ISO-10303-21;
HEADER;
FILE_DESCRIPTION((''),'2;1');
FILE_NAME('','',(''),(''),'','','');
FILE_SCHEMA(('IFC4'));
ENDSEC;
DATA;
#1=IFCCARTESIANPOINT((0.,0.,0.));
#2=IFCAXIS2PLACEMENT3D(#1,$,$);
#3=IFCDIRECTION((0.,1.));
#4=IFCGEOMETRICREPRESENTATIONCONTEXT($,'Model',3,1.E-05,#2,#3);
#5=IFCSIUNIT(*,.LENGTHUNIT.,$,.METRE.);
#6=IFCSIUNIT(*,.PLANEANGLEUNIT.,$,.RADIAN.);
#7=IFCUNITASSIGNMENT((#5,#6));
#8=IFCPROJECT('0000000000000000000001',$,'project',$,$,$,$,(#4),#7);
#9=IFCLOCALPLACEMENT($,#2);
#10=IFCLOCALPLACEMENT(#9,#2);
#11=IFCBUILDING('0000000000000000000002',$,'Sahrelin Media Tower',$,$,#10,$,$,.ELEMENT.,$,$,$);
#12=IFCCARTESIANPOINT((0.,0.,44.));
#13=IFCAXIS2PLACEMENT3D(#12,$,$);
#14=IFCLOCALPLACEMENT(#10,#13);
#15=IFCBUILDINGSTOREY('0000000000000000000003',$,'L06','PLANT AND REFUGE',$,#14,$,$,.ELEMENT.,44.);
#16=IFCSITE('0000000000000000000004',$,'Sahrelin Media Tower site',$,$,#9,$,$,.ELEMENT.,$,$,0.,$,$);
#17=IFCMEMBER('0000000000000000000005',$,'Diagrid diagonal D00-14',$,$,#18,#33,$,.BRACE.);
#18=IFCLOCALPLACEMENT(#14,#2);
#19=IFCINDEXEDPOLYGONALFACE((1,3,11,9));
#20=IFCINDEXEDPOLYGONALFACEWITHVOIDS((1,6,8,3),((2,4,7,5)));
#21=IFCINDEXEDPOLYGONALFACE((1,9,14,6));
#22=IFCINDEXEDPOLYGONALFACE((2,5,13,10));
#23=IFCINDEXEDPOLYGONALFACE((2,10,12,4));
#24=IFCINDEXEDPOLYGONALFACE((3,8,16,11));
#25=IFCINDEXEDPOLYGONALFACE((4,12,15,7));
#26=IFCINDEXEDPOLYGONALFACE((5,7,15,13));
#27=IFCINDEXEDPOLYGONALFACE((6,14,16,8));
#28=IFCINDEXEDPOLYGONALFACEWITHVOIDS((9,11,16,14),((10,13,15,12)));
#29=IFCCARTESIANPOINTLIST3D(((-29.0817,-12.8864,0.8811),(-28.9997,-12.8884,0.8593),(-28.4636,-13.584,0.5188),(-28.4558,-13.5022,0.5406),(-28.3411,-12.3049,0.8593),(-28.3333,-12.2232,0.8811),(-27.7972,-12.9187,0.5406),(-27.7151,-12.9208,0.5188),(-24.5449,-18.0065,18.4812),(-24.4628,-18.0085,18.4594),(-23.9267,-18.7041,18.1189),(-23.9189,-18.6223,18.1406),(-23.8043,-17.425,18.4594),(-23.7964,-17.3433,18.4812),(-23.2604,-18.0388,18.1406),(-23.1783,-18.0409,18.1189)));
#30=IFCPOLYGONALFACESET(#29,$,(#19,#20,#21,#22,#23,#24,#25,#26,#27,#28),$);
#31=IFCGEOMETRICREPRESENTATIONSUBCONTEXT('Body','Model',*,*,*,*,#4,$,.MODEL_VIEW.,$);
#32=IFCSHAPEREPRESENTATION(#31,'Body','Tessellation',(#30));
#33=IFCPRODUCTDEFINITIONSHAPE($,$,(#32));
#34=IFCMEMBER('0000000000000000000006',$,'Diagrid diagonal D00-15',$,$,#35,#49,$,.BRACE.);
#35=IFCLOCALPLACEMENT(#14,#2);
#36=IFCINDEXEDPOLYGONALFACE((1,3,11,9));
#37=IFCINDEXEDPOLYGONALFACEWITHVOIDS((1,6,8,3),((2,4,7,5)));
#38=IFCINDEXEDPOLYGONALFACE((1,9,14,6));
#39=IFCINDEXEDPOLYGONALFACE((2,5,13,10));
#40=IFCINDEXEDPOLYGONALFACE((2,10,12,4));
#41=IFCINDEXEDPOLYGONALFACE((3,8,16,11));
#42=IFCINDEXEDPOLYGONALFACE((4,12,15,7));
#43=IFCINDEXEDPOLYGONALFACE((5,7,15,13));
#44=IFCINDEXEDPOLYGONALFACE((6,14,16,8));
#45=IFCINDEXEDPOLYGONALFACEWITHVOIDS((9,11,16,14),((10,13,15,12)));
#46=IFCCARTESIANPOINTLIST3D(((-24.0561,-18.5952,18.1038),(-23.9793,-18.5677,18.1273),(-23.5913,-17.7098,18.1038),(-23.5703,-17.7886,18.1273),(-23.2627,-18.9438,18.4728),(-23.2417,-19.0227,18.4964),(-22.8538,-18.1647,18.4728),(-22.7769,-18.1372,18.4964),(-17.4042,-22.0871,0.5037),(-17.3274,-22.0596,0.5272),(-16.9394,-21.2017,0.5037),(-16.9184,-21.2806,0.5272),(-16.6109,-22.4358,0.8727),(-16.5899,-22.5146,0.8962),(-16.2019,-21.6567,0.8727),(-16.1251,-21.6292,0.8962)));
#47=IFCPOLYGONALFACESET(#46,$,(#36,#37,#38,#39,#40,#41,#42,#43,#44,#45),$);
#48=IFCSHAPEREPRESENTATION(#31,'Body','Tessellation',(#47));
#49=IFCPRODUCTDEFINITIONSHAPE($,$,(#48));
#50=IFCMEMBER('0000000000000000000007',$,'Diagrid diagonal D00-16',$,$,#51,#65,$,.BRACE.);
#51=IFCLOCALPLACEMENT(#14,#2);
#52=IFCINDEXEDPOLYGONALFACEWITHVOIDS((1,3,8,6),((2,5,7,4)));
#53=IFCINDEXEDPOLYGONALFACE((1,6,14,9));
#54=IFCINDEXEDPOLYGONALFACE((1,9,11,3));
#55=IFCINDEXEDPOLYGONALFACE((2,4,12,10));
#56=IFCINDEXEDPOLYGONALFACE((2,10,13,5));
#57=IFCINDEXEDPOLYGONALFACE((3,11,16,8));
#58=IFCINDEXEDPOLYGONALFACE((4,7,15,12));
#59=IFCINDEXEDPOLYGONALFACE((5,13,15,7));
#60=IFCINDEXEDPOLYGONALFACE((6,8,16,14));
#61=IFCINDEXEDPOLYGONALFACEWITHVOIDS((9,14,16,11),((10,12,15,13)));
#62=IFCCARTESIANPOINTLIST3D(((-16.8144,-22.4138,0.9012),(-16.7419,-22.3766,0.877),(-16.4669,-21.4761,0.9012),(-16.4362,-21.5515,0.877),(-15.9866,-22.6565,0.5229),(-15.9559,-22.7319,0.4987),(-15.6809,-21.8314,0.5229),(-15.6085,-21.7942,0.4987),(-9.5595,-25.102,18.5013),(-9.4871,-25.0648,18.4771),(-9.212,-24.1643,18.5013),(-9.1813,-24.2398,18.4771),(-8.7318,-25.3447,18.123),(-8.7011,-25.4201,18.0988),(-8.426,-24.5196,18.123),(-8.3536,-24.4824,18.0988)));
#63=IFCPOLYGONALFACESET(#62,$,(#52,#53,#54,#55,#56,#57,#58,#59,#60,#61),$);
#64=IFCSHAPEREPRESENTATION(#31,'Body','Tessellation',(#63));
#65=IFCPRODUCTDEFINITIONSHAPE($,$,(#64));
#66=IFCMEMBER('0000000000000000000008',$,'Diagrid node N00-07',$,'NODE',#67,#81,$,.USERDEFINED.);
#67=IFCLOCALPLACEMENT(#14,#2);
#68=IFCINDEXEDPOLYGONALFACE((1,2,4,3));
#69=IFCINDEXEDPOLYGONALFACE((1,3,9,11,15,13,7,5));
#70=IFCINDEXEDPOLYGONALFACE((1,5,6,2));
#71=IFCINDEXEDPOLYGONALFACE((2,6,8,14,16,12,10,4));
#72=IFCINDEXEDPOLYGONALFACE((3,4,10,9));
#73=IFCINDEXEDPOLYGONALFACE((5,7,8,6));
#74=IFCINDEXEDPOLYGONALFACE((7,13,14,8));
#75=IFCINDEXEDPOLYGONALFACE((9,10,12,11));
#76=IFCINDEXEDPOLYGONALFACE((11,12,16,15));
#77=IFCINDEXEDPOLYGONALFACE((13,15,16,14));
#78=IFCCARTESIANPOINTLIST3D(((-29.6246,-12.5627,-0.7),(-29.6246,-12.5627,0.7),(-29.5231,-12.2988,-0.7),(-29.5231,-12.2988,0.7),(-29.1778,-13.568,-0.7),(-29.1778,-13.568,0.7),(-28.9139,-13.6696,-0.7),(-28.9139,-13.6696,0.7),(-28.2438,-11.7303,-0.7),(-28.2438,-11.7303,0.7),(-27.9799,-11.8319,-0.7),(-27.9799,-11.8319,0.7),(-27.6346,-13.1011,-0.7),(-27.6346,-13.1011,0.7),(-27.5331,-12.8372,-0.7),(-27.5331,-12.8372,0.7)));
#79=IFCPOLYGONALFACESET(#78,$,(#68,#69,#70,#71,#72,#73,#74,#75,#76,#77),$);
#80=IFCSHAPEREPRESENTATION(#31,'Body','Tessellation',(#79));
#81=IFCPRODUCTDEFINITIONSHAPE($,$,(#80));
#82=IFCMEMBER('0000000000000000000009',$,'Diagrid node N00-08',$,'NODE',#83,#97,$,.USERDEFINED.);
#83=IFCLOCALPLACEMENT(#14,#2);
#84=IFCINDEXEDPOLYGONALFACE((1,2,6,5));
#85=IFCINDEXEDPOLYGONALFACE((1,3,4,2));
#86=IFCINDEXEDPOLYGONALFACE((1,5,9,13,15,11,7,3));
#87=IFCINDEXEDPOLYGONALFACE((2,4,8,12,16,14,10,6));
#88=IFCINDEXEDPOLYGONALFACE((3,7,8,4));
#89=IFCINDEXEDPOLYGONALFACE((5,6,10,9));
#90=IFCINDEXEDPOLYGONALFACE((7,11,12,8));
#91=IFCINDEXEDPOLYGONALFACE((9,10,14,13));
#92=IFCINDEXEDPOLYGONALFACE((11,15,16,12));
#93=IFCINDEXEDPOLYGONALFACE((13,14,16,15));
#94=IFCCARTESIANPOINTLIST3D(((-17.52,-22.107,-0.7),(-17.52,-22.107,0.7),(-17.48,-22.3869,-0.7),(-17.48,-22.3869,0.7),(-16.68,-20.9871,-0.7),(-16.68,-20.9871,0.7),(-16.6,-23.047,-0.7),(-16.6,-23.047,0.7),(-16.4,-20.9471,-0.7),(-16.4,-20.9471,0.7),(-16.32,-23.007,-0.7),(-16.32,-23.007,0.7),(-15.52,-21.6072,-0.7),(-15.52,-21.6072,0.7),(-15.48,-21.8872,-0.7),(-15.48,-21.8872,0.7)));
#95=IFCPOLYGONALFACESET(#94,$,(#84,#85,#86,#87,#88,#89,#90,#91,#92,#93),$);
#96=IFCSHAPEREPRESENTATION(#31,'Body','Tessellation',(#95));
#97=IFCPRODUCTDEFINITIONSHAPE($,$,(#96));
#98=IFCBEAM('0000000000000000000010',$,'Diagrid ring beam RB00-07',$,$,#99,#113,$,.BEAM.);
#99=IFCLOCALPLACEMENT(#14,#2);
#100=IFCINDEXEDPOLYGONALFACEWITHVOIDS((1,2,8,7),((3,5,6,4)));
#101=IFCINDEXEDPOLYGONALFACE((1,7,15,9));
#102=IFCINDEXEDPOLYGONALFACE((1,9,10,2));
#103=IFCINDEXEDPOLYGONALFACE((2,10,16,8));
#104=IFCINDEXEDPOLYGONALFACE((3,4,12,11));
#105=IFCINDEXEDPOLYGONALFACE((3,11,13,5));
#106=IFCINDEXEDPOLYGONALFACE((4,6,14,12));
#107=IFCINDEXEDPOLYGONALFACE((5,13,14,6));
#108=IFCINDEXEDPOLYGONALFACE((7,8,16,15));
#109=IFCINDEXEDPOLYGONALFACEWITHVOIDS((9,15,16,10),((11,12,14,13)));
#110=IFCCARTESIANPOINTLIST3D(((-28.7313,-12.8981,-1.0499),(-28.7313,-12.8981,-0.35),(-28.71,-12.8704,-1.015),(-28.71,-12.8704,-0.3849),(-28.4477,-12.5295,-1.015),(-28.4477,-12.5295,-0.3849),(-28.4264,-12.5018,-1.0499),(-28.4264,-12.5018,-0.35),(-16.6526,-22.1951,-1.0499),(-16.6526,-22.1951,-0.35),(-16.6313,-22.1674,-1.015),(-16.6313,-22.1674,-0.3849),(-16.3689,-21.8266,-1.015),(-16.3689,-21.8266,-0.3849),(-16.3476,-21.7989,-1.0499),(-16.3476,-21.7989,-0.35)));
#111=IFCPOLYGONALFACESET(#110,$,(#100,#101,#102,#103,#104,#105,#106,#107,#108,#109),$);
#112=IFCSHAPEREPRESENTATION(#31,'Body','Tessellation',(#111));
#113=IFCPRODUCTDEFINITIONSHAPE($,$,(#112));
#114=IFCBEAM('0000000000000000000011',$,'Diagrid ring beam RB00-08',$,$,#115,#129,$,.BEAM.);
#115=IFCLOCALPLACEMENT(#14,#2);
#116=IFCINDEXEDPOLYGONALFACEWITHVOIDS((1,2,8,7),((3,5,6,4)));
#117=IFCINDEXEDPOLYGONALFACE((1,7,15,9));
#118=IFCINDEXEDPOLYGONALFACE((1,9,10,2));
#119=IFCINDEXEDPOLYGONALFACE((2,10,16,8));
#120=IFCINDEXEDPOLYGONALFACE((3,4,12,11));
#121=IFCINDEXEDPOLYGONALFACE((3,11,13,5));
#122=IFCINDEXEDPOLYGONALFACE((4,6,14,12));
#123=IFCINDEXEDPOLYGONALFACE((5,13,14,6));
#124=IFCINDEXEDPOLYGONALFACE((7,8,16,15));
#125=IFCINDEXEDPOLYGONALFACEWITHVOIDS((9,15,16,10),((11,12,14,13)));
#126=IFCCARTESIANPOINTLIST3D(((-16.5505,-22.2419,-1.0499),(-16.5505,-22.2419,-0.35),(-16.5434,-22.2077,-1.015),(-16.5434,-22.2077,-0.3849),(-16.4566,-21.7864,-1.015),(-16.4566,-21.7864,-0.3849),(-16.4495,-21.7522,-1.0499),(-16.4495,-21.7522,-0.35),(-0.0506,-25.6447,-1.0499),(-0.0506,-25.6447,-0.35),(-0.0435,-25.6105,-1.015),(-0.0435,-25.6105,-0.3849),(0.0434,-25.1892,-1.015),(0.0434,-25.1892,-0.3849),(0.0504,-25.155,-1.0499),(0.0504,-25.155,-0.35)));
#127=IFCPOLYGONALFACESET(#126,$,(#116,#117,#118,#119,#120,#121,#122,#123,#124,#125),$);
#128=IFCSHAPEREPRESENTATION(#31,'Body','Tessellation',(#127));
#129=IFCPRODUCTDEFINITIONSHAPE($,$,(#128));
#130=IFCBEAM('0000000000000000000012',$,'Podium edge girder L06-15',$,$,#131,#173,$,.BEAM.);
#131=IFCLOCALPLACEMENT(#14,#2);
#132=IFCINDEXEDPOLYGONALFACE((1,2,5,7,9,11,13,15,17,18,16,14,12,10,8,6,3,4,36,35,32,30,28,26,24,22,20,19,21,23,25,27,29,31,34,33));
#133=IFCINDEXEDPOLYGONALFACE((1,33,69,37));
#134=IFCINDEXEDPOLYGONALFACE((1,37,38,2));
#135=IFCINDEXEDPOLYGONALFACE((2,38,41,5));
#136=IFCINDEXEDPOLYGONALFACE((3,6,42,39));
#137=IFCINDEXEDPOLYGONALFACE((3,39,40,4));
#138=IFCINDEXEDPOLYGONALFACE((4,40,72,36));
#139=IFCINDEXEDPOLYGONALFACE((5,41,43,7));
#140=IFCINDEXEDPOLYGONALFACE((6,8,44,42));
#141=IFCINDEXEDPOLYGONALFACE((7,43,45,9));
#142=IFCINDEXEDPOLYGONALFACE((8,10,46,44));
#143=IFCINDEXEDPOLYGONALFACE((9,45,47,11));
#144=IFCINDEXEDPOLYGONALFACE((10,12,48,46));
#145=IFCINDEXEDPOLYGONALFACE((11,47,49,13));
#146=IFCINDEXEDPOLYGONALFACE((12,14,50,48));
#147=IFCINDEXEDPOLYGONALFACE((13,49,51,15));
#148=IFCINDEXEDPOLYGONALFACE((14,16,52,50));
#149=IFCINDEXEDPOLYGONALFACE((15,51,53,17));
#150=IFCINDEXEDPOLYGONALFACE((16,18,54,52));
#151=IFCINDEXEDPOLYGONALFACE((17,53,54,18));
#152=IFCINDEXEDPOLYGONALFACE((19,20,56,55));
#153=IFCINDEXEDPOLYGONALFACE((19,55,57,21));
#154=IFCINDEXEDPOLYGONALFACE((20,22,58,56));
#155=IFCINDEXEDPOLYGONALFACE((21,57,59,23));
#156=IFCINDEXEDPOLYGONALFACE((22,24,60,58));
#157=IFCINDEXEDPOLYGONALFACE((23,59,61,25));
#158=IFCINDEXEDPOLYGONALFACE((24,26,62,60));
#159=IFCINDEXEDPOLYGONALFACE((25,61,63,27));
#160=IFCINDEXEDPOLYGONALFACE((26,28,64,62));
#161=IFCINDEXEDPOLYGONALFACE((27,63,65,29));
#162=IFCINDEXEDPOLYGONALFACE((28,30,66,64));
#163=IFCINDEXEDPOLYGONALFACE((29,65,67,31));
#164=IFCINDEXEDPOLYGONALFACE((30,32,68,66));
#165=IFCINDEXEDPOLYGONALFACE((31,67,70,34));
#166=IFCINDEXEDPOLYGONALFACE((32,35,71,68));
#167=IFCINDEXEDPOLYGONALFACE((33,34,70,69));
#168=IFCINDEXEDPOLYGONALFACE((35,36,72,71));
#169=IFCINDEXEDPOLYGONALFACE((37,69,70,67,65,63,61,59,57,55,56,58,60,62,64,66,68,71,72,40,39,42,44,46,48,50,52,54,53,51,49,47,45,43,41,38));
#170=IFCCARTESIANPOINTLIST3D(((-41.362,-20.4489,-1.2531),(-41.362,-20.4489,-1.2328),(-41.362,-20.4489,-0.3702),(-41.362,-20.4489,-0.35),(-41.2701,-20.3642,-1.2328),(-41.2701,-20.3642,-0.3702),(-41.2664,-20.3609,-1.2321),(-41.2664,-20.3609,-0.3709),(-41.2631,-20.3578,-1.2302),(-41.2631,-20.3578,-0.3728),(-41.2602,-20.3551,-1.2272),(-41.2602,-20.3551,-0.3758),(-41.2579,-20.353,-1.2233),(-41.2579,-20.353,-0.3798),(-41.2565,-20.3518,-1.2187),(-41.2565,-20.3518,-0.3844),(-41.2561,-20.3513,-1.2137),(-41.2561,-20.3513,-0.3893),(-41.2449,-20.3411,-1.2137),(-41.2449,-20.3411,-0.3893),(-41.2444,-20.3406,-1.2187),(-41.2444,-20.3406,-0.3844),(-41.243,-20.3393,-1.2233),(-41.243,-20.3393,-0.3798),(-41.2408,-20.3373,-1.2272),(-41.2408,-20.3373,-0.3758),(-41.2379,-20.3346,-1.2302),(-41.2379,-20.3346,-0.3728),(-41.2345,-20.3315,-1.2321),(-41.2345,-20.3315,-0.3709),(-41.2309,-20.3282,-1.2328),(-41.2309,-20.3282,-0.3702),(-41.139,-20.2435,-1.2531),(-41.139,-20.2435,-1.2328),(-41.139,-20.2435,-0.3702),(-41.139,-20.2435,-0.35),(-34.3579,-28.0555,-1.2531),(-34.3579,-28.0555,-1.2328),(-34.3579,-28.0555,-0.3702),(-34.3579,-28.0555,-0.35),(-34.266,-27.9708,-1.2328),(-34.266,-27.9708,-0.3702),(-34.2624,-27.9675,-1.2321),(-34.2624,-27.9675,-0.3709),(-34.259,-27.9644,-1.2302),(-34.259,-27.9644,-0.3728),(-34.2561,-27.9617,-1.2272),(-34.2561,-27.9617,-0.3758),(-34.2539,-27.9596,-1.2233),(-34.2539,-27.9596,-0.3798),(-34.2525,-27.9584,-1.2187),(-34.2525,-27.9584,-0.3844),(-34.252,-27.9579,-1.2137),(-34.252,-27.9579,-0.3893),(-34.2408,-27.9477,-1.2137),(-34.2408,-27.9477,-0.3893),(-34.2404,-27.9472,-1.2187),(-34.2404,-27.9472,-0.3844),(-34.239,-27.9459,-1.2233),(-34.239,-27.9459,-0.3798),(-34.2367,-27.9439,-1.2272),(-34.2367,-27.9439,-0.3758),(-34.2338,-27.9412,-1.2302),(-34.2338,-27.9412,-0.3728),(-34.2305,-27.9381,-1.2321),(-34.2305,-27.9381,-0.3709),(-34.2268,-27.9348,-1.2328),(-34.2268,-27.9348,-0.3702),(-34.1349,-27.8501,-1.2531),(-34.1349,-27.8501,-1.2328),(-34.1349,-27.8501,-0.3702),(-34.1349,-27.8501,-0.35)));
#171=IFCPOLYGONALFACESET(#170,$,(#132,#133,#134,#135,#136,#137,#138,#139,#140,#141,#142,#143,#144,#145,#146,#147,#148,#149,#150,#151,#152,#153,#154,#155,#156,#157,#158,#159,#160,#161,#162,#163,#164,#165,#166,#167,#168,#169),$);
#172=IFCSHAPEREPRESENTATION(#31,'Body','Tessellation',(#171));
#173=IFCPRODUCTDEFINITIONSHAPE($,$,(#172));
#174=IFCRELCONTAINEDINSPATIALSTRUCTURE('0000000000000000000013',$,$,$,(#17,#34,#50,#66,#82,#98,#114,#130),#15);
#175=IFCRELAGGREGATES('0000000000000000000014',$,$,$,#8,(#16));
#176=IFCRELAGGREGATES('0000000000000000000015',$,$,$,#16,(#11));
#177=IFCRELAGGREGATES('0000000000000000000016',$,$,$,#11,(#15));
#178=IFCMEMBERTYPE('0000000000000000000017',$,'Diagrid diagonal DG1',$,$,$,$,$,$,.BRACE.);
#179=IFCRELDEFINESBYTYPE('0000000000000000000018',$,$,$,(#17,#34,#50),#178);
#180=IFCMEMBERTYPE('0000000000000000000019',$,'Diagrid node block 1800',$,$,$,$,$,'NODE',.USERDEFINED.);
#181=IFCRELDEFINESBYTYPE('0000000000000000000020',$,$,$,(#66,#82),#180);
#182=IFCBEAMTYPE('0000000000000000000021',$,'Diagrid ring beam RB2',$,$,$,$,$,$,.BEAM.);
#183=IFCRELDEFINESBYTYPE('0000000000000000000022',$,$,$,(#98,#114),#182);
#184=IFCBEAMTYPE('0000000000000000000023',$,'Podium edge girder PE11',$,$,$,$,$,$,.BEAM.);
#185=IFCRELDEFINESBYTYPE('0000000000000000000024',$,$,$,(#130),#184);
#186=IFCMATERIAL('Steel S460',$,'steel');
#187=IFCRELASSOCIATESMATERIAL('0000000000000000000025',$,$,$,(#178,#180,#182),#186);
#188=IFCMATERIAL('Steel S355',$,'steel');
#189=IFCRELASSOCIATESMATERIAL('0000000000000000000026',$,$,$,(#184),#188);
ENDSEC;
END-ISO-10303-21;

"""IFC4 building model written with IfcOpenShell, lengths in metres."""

from ifc_helpers import new_model, si_unit, direction, frame, origin, origin_2d, place, context, subcontext, project, spatial, polyline, hollow_rectangle, i_section, outline, extrude, material, material_profile, profile_set, type_object, element, save


model = new_model("IFC4")

# Units and contexts
model_context = context("Model", 3, precision=1e-05, world=origin(), true_north=direction((0.0, 1.0)))
body_context = subcontext(model_context, "Body", "Model", "MODEL_VIEW")
ifc_project = project(units=[si_unit("LENGTHUNIT", "METRE"), si_unit("PLANEANGLEUNIT", "RADIAN")], contexts=[model_context])

# Site, building, storey
site_placement = place(None, origin())
site = spatial("IfcSite", under=ifc_project, at=site_placement, Name="Sahrelin Media Tower site", CompositionType="ELEMENT", RefElevation=0.0)
building_placement = place(site_placement, origin())
building = spatial("IfcBuilding", under=site, at=building_placement, Name="Sahrelin Media Tower", CompositionType="ELEMENT")
storey_placement = place(building_placement, frame((0.0, 0.0, 44.0)))
storey = spatial("IfcBuildingStorey", under=building, at=storey_placement, Name="L06", Description="PLANT AND REFUGE", CompositionType="ELEMENT", Elevation=44.0)

# Members
ifc_material_1 = material(Name="Steel S460", Category="steel")
ifc_material_profile_1 = material_profile(ifc_material_1, hollow_rectangle(XDim=1.0, YDim=1.0, WallThickness=0.0601, at=origin_2d()), Name="Diagrid diagonal DG1")
ifc_profile_set_1 = profile_set([ifc_material_profile_1], Name="Steel S460")
member_type_1 = type_object("IfcMemberType", Name="Diagrid diagonal DG1", PredefinedType="BRACE", material=ifc_profile_set_1)
member_1_placement = place(storey_placement, frame((-28.3984, -12.9036, 0.7), z_axis=(0.240264, -0.271152, 0.932068), x_axis=(0.74845, 0.663191, 0.0)))
element("IfcMember", 1, at=member_1_placement, inside=storey, type_object=member_type_1, Name="Diagrid diagonal D00-14", PredefinedType="BRACE", context=body_context, shape_type="SweptSolid", body=[
    extrude(hollow_rectangle(XDim=1.0, YDim=1.0, WallThickness=0.0601, at=origin_2d()), origin(), (0.0, 0.0, 1.0), 18.8828),
])
member_2_placement = place(storey_placement, frame((-16.7646, -21.8582, 0.7), z_axis=(-0.347601, 0.182476, 0.919715), x_axis=(-0.464805, -0.885413, 0.0)))
element("IfcMember", 2, at=member_2_placement, inside=storey, type_object=member_type_1, Name="Diagrid diagonal D00-15", PredefinedType="BRACE", context=body_context, shape_type="SweptSolid", body=[
    extrude(hollow_rectangle(XDim=1.0, YDim=1.0, WallThickness=0.0601, at=origin_2d()), origin(), (0.0, 0.0, 1.0), 19.1365),
])
member_3_placement = place(storey_placement, frame((-16.2114, -22.104, 0.7), z_axis=(0.377356, -0.139826, 0.915452), x_axis=(0.347455, 0.937697, 0.0)))
element("IfcMember", 3, at=member_3_placement, inside=storey, type_object=member_type_1, Name="Diagrid diagonal D00-16", PredefinedType="BRACE", context=body_context, shape_type="SweptSolid", body=[
    extrude(hollow_rectangle(XDim=1.0, YDim=1.0, WallThickness=0.0601, at=origin_2d()), origin(), (0.0, 0.0, 1.0), 19.2256),
])
ifc_material_profile_2 = material_profile(ifc_material_1, outline(polyline([(0.7, -0.75), (0.8999, -0.55), (0.8999, 0.55), (0.7, 0.75), (-0.7, 0.75), (-0.8999, 0.55), (-0.8999, -0.55), (-0.7, -0.75), (0.7, -0.75)])), Name="Diagrid node block 1800")
ifc_profile_set_2 = profile_set([ifc_material_profile_2], Name="Steel S460")
member_type_2 = type_object("IfcMemberType", Name="Diagrid node block 1800", ElementType="NODE", PredefinedType="USERDEFINED", material=ifc_profile_set_2)
for number, where, z_axis, x_axis, name in (
    (4, (-28.5789, -12.7, -0.7), (0.0, 0.0, 1.0), (-0.913831, -0.406094, 0.0), "Diagrid node N00-07"),
    (5, (-16.5, -21.9971, -0.7), (0.0, 0.0, 1.0), (-0.600052, -0.799961, 0.0), "Diagrid node N00-08"),
):
    element("IfcMember", number, at=place(storey_placement, frame(where, z_axis=z_axis, x_axis=x_axis)), inside=storey, type_object=member_type_2, Name=name, ObjectType="NODE", PredefinedType="USERDEFINED", context=body_context, shape_type="SweptSolid", body=[
        extrude(outline(polyline([(0.7, -0.75), (0.8999, -0.55), (0.8999, 0.55), (0.7, 0.75), (-0.7, 0.75), (-0.8999, 0.55), (-0.8999, -0.55), (-0.7, -0.75), (0.7, -0.75)])), origin(), (0.0, 0.0, 1.0), 1.3999),
    ])

# Beams
ifc_material_profile_3 = material_profile(ifc_material_1, hollow_rectangle(XDim=0.5, YDim=0.7, WallThickness=0.0349, at=origin_2d()), Name="Diagrid ring beam RB2")
ifc_profile_set_3 = profile_set([ifc_material_profile_3], Name="Steel S460")
beam_type_1 = type_object("IfcBeamType", Name="Diagrid ring beam RB2", PredefinedType="BEAM", material=ifc_profile_set_3)
beam_1_placement = place(storey_placement, frame((-28.5789, -12.7, -0.7), z_axis=(0.792444, -0.609945, 0.0), x_axis=(0.609945, 0.792444, 0.0)))
element("IfcBeam", 6, at=beam_1_placement, inside=storey, type_object=beam_type_1, Name="Diagrid ring beam RB00-07", PredefinedType="BEAM", context=body_context, shape_type="SweptSolid", body=[
    extrude(hollow_rectangle(XDim=0.5, YDim=0.7, WallThickness=0.0349, at=origin_2d()), origin(), (0.0, 0.0, 1.0), 15.2424),
])
beam_2_placement = place(storey_placement, frame((-16.5, -21.9971, -0.7), z_axis=(0.979389, -0.201982, 0.0), x_axis=(0.201982, 0.979389, 0.0)))
element("IfcBeam", 7, at=beam_2_placement, inside=storey, type_object=beam_type_1, Name="Diagrid ring beam RB00-08", PredefinedType="BEAM", context=body_context, shape_type="SweptSolid", body=[
    extrude(hollow_rectangle(XDim=0.5, YDim=0.7, WallThickness=0.0349, at=origin_2d()), origin(), (0.0, 0.0, 1.0), 16.8472),
])
ifc_material_2 = material(Name="Steel S355", Category="steel")
ifc_material_profile_4 = material_profile(ifc_material_2, i_section(OverallWidth=0.3032, OverallDepth=0.9031, WebThickness=0.0151, FlangeThickness=0.0203, FilletRadius=0.019, at=origin_2d()), Name="UB 914x305x201")
ifc_profile_set_4 = profile_set([ifc_material_profile_4], Name="Steel S355")
beam_type_2 = type_object("IfcBeamType", Name="Podium edge girder PE11", PredefinedType="BEAM", material=ifc_profile_set_4)
beam_3_placement = place(storey_placement, frame((-41.2505, -20.3462, -0.8015), z_axis=(0.677371, -0.735642, 0.0), x_axis=(0.735642, 0.677371, 0.0)))
element("IfcBeam", 8, at=beam_3_placement, inside=storey, type_object=beam_type_2, Name="Podium edge girder L06-15", PredefinedType="BEAM", context=body_context, shape_type="SweptSolid", body=[
    extrude(i_section(OverallWidth=0.3032, OverallDepth=0.9031, WebThickness=0.0151, FlangeThickness=0.0203, FilletRadius=0.019, at=origin_2d()), origin(), (0.0, 0.0, 1.0), 10.3401),
])

save(model, "model.ifc")
